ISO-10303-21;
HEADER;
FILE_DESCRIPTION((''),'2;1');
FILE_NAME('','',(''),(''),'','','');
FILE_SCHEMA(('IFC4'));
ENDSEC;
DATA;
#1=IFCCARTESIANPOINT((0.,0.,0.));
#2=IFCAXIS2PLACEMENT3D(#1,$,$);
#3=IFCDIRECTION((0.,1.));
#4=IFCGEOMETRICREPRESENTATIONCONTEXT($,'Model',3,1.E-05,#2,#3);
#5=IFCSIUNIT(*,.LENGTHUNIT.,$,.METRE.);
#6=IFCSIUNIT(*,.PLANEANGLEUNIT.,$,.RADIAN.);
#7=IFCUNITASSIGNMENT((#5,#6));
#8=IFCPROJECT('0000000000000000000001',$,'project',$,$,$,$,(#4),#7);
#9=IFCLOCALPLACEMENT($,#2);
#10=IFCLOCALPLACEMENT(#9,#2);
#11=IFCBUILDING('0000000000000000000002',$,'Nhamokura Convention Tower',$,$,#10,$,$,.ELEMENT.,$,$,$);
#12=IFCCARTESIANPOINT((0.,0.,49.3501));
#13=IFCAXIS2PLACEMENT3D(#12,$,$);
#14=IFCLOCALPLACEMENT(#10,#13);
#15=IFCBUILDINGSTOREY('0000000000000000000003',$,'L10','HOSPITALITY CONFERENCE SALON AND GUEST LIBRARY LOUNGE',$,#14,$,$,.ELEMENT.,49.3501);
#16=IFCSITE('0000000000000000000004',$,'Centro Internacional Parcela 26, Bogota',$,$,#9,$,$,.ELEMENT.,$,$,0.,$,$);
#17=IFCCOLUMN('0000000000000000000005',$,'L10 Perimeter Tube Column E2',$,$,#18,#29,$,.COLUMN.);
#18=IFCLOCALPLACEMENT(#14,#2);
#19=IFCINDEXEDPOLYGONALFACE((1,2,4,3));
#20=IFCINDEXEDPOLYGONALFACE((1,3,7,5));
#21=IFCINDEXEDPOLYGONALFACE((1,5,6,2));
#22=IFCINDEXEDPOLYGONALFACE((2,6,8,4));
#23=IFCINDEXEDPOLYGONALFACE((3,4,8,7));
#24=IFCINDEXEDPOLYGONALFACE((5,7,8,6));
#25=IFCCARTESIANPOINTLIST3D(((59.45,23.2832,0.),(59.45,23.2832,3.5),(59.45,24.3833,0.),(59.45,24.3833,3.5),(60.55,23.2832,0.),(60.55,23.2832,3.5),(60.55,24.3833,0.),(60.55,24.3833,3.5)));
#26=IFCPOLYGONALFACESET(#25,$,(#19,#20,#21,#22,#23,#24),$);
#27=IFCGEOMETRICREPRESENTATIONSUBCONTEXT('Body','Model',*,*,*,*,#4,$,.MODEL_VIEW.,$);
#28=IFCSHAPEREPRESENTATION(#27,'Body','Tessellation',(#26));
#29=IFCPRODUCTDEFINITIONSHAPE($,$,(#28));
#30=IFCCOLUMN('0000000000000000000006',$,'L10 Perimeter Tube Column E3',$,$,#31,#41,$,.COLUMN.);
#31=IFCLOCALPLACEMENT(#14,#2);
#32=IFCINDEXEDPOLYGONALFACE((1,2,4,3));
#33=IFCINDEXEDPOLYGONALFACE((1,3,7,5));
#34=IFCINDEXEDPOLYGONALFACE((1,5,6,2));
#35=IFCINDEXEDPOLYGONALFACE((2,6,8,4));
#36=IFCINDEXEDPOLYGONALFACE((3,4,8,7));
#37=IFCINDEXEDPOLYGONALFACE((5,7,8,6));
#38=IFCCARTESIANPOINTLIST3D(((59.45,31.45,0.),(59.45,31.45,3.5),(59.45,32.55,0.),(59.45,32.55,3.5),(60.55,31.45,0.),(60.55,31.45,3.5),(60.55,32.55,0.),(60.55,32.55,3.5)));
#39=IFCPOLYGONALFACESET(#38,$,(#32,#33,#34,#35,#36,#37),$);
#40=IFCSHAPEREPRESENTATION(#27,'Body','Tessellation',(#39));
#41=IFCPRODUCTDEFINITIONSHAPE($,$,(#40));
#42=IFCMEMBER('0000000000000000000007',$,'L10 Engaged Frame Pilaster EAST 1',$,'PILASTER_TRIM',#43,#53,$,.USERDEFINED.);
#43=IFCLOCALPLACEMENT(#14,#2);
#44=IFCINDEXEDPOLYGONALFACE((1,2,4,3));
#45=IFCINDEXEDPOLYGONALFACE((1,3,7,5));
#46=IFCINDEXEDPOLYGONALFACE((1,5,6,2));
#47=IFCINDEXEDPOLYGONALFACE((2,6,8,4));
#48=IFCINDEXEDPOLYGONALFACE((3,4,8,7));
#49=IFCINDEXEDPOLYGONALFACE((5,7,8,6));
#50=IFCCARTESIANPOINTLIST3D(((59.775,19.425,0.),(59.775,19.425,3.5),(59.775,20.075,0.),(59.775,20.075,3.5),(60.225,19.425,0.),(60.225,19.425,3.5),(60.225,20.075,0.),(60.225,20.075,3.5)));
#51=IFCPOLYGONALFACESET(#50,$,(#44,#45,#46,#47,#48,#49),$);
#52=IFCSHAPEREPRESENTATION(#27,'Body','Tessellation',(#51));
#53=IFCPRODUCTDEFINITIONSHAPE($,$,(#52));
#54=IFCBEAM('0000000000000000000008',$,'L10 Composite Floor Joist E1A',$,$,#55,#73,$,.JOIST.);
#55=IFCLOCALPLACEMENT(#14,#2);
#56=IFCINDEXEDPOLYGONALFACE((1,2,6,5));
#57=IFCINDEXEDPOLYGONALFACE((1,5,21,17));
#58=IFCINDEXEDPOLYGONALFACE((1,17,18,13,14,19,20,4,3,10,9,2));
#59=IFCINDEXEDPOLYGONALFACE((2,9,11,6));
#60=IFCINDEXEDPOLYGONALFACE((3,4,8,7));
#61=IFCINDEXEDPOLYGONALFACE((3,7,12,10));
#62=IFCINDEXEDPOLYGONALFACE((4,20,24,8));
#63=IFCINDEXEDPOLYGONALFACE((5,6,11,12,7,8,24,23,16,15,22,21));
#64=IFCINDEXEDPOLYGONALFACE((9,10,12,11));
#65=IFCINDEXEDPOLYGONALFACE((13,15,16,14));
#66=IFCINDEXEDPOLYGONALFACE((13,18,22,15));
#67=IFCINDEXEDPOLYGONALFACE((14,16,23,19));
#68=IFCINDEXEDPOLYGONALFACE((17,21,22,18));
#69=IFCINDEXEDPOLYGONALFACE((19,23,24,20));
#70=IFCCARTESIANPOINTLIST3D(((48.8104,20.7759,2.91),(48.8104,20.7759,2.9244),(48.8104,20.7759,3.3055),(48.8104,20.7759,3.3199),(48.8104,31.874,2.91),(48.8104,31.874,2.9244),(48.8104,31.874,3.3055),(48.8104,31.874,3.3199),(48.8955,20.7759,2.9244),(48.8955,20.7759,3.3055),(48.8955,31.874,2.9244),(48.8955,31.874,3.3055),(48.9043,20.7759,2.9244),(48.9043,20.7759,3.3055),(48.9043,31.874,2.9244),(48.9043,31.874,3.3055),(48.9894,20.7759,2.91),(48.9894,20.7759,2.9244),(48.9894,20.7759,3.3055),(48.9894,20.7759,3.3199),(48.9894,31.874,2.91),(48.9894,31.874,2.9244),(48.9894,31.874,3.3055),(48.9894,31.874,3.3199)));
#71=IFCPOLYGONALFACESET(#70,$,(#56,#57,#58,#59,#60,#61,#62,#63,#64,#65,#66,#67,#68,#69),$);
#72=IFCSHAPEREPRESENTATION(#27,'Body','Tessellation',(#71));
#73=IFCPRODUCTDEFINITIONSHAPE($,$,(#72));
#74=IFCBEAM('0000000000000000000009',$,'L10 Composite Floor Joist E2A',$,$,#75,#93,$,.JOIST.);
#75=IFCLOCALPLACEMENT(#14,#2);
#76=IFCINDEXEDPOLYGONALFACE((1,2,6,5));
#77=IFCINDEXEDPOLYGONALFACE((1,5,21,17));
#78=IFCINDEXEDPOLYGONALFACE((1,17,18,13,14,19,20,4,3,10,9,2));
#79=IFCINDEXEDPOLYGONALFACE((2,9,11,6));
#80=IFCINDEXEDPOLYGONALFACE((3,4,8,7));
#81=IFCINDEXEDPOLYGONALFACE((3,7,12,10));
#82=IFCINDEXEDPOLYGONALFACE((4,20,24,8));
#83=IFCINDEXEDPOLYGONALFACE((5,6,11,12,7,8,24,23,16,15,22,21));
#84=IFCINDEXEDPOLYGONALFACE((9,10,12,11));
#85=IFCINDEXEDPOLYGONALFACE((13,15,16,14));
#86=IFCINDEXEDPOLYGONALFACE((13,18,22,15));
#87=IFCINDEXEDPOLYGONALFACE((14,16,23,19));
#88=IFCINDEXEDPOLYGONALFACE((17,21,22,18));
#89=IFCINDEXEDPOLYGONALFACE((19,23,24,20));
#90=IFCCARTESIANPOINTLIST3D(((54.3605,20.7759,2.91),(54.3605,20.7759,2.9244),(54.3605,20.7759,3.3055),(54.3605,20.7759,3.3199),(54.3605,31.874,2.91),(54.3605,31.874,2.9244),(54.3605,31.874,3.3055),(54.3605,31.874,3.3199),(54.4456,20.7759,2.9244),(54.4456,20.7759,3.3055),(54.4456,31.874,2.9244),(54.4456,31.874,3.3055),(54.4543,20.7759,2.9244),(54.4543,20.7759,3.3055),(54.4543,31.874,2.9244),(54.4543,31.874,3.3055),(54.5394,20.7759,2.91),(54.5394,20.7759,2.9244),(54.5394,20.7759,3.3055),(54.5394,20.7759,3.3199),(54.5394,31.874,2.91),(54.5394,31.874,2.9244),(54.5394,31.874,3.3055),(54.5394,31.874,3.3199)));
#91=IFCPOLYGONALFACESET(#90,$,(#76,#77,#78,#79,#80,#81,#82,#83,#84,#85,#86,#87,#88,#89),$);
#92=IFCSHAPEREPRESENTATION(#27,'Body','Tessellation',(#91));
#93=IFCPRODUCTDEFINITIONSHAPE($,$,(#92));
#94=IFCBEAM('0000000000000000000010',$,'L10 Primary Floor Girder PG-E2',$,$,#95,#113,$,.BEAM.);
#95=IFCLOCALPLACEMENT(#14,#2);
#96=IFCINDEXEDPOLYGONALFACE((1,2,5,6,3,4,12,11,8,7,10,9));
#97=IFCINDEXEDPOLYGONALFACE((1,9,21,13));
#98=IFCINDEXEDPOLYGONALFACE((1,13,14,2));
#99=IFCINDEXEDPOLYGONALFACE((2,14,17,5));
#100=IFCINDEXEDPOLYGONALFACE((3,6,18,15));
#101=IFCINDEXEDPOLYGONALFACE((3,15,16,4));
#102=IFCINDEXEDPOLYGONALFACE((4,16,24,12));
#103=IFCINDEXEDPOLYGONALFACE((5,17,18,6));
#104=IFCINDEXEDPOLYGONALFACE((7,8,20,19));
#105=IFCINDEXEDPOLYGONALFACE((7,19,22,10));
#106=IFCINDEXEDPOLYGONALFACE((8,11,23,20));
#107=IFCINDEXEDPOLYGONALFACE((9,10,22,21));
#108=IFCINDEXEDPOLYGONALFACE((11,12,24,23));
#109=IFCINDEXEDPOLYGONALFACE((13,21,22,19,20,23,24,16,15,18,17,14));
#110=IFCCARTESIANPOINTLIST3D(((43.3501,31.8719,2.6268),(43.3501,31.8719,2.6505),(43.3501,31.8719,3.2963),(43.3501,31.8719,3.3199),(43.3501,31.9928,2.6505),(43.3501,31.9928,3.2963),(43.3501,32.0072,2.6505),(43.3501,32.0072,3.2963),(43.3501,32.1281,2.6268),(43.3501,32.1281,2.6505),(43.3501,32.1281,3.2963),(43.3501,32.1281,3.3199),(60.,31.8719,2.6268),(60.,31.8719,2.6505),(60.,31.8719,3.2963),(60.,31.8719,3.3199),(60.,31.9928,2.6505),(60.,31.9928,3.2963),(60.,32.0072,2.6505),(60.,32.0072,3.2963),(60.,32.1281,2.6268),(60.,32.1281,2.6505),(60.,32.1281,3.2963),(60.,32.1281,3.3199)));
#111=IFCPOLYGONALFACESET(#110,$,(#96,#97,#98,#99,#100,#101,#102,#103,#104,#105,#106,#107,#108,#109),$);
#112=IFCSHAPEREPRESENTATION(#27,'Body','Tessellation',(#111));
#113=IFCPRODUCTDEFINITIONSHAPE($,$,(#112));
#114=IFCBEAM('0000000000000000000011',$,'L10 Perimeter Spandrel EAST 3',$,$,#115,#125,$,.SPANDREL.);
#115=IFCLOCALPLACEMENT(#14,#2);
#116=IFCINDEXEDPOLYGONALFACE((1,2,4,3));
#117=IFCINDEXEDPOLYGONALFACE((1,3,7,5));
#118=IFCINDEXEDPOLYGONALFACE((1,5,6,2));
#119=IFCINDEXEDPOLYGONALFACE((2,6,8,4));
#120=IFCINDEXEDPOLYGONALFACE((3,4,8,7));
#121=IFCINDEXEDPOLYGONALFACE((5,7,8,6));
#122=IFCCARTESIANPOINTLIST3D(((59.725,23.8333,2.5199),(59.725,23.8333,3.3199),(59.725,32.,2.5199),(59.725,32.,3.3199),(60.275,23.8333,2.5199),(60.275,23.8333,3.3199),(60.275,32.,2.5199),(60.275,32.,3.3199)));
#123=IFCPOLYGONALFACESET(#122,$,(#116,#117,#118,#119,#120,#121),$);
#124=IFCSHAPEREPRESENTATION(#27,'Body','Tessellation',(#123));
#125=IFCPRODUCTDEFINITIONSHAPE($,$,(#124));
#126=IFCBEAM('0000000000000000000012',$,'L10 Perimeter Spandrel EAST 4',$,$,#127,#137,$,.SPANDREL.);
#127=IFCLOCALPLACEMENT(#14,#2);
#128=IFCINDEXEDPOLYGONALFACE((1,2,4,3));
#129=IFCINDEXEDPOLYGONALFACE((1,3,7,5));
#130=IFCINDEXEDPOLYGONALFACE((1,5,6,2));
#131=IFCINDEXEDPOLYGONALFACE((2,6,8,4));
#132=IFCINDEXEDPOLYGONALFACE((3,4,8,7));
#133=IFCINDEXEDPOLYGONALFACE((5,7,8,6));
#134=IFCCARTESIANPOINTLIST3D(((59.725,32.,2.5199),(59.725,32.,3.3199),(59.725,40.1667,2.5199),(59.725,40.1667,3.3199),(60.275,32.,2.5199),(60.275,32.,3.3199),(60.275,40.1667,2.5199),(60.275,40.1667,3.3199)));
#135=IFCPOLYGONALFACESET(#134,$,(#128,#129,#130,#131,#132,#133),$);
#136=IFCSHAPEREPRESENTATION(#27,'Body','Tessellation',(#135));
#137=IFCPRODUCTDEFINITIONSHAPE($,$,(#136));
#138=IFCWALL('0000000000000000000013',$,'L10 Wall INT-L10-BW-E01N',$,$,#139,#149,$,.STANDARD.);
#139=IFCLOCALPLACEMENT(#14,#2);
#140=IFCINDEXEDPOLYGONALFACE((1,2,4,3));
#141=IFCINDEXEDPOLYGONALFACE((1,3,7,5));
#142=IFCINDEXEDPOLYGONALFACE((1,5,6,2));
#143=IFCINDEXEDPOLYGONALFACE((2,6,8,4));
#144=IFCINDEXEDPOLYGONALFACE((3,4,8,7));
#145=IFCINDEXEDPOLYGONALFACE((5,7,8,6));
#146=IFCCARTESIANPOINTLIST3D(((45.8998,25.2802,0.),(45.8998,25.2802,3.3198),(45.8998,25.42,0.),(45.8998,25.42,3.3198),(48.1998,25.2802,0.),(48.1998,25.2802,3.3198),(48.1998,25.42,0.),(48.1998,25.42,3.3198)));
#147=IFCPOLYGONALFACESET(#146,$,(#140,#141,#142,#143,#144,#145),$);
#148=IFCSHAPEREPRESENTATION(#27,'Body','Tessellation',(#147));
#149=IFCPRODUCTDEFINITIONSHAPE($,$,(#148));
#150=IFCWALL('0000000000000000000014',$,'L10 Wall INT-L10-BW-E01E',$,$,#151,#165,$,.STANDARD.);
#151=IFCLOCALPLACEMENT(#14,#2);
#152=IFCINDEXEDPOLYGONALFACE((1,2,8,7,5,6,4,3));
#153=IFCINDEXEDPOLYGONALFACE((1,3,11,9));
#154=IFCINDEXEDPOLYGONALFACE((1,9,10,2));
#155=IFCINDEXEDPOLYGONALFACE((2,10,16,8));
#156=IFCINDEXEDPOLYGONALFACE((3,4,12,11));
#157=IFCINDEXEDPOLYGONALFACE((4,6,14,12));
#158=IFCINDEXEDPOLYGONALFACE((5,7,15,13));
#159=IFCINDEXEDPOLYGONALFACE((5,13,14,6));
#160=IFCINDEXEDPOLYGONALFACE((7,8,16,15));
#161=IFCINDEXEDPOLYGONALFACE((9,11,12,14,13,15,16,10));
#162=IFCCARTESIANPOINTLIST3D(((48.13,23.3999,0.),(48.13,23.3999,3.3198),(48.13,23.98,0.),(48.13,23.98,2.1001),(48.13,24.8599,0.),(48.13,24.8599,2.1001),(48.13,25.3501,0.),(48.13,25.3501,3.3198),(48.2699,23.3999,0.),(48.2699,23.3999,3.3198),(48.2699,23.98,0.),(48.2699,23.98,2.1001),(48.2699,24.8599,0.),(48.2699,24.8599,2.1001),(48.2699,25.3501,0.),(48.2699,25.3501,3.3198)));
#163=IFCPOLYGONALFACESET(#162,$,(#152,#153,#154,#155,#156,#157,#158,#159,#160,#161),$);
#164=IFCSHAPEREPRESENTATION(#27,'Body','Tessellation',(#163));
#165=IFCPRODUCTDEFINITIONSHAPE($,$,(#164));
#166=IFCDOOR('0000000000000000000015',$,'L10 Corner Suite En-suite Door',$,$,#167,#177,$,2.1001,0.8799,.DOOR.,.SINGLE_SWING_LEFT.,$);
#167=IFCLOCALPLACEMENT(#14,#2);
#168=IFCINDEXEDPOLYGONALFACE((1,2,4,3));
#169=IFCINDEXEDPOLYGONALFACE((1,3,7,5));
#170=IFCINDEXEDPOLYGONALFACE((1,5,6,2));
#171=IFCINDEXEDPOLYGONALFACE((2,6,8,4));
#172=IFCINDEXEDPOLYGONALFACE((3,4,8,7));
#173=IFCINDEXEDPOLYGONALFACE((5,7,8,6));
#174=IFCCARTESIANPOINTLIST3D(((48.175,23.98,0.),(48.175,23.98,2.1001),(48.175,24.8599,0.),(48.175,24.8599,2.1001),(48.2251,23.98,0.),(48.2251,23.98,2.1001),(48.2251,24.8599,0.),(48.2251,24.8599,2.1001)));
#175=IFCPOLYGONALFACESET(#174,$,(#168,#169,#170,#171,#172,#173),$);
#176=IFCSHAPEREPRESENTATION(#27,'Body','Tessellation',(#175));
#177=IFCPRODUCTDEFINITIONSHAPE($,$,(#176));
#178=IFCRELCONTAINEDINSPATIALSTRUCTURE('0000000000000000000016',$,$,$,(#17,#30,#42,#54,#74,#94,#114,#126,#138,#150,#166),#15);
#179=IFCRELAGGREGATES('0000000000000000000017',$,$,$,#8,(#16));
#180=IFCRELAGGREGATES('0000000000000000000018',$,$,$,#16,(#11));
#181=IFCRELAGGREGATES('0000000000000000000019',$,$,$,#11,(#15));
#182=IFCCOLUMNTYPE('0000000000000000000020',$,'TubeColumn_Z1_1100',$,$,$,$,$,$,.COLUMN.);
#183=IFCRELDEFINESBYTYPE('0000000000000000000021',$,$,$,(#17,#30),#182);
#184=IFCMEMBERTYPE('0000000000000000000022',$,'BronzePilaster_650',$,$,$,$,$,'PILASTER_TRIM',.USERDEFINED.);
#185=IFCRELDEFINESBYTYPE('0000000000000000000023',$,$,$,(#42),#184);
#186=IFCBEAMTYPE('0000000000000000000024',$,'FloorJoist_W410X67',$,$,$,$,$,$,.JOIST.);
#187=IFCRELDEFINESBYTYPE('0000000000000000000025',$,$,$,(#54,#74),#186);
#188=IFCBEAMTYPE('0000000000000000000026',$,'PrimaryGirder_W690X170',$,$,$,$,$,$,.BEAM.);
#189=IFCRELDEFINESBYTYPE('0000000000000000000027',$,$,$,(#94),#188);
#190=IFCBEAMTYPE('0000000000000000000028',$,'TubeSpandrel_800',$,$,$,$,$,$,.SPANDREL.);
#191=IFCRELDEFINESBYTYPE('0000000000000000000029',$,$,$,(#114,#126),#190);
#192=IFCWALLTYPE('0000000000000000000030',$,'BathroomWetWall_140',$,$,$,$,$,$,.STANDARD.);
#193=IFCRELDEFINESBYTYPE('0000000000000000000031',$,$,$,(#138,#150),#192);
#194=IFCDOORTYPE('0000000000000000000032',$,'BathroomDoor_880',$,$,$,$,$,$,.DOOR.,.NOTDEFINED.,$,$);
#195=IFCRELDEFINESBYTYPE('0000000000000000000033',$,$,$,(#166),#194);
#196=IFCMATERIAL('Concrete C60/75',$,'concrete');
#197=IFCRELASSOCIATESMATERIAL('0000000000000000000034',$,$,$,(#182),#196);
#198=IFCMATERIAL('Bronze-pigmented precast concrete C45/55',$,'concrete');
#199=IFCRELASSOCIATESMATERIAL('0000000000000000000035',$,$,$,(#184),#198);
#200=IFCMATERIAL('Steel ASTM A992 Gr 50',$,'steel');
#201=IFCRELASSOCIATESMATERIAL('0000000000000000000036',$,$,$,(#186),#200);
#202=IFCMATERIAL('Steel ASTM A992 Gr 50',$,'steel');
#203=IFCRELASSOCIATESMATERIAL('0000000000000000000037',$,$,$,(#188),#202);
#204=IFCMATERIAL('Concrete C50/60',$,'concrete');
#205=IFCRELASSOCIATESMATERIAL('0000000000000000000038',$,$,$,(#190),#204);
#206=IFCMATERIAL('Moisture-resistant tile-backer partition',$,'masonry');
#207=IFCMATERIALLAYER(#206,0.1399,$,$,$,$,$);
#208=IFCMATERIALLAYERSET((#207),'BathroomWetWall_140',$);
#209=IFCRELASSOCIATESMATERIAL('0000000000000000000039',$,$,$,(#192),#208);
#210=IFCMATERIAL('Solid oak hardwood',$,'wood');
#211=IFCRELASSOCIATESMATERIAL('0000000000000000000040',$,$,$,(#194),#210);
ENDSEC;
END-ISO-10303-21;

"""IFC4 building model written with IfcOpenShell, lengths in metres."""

from ifc_helpers import new_model, si_unit, direction, frame, frame_2d, origin, origin_2d, place, context, subcontext, project, spatial, rectangle, i_section, extrude, material, layer, layer_set, material_profile, profile_set, type_object, element, fill, save


model = new_model("IFC4")

# Units and contexts
model_context = context("Model", 3, precision=1e-05, world=origin(), true_north=direction((0.0, 1.0)))
body_context = subcontext(model_context, "Body", "Model", "MODEL_VIEW")
ifc_project = project(units=[si_unit("LENGTHUNIT", "METRE"), si_unit("PLANEANGLEUNIT", "RADIAN")], contexts=[model_context])

# Site, building, storey
site_placement = place(None, origin())
site = spatial("IfcSite", under=ifc_project, at=site_placement, Name="Centro Internacional Parcela 26, Bogota", CompositionType="ELEMENT", RefElevation=0.0)
building_placement = place(site_placement, origin())
building = spatial("IfcBuilding", under=site, at=building_placement, Name="Nhamokura Convention Tower", CompositionType="ELEMENT")
storey_placement = place(building_placement, frame((0.0, 0.0, 49.3501)))
storey = spatial("IfcBuildingStorey", under=building, at=storey_placement, Name="L10", Description="HOSPITALITY CONFERENCE SALON AND GUEST LIBRARY LOUNGE", CompositionType="ELEMENT", Elevation=49.3501)

# Columns
ifc_material_1 = material(Name="Concrete C60/75", Category="concrete")
ifc_material_profile_1 = material_profile(ifc_material_1, rectangle(XDim=1.1001, YDim=1.1001, at=origin_2d()))
ifc_profile_set_1 = profile_set([ifc_material_profile_1], Name="Concrete C60/75")
column_type = type_object("IfcColumnType", Name="TubeColumn_Z1_1100", PredefinedType="COLUMN", material=ifc_profile_set_1)
for number, where, z_axis, x_axis, name in (
    (1, (60.0, 23.8333, 0.0), (0.0, 0.0, 1.0), (1.0, 0.0, 0.0), "L10 Perimeter Tube Column E2"),
    (2, (60.0, 32.0, 0.0), (0.0, 0.0, 1.0), (1.0, 0.0, 0.0), "L10 Perimeter Tube Column E3"),
):
    element("IfcColumn", number, at=place(storey_placement, frame(where, z_axis=z_axis, x_axis=x_axis)), inside=storey, type_object=column_type, Name=name, PredefinedType="COLUMN", context=body_context, shape_type="SweptSolid", body=[
        extrude(rectangle(XDim=1.1001, YDim=1.1001, at=origin_2d()), origin(), (0.0, 0.0, 1.0), 3.5),
    ])

# Member
ifc_material_2 = material(Name="Bronze-pigmented precast concrete C45/55", Category="concrete")
ifc_material_profile_2 = material_profile(ifc_material_2, rectangle(XDim=0.45, YDim=0.6499, at=origin_2d()))
ifc_profile_set_2 = profile_set([ifc_material_profile_2], Name="Bronze-pigmented precast concrete C45/55")
member_type = type_object("IfcMemberType", Name="BronzePilaster_650", ElementType="PILASTER_TRIM", PredefinedType="USERDEFINED", material=ifc_profile_set_2)
member_placement = place(storey_placement, frame((60.0, 19.75, 0.0), z_axis=(0.0, 0.0, 1.0), x_axis=(1.0, 0.0, 0.0)))
element("IfcMember", 3, at=member_placement, inside=storey, type_object=member_type, Name="L10 Engaged Frame Pilaster EAST 1", ObjectType="PILASTER_TRIM", PredefinedType="USERDEFINED", context=body_context, shape_type="SweptSolid", body=[
    extrude(rectangle(XDim=0.45, YDim=0.6499, at=origin_2d()), origin(), (0.0, 0.0, 1.0), 3.5),
])

# Beams
ifc_material_3 = material(Name="Steel ASTM A992 Gr 50", Category="steel")
ifc_material_profile_3 = material_profile(ifc_material_3, i_section(OverallWidth=0.179, OverallDepth=0.4099, WebThickness=0.0088, FlangeThickness=0.0144, at=origin_2d()))
ifc_profile_set_3 = profile_set([ifc_material_profile_3], Name="Steel ASTM A992 Gr 50")
beam_type_1 = type_object("IfcBeamType", Name="FloorJoist_W410X67", PredefinedType="JOIST", material=ifc_profile_set_3)
for number, where, z_axis, x_axis, name in (
    (4, (48.8999, 20.7759, 3.115), (0.0, 1.0, 0.0), (-1.0, 0.0, 0.0), "L10 Composite Floor Joist E1A"),
    (5, (54.45, 20.7759, 3.115), (0.0, 1.0, 0.0), (-1.0, 0.0, 0.0), "L10 Composite Floor Joist E2A"),
):
    element("IfcBeam", number, at=place(storey_placement, frame(where, z_axis=z_axis, x_axis=x_axis)), inside=storey, type_object=beam_type_1, Name=name, PredefinedType="JOIST", context=body_context, shape_type="SweptSolid", body=[
        extrude(i_section(OverallWidth=0.179, OverallDepth=0.4099, WebThickness=0.0088, FlangeThickness=0.0144, at=origin_2d()), origin(), (0.0, 0.0, 1.0), 11.0981),
    ])
ifc_material_4 = material(Name="Steel ASTM A992 Gr 50", Category="steel")
ifc_material_profile_4 = material_profile(ifc_material_4, i_section(OverallWidth=0.2561, OverallDepth=0.6931, WebThickness=0.0144, FlangeThickness=0.0237, at=origin_2d()))
ifc_profile_set_4 = profile_set([ifc_material_profile_4], Name="Steel ASTM A992 Gr 50")
beam_type_2 = type_object("IfcBeamType", Name="PrimaryGirder_W690X170", PredefinedType="BEAM", material=ifc_profile_set_4)
beam_placement = place(storey_placement, frame((43.3501, 32.0, 2.9734), z_axis=(1.0, 0.0, 0.0), x_axis=(0.0, 1.0, 0.0)))
element("IfcBeam", 6, at=beam_placement, inside=storey, type_object=beam_type_2, Name="L10 Primary Floor Girder PG-E2", PredefinedType="BEAM", context=body_context, shape_type="SweptSolid", body=[
    extrude(i_section(OverallWidth=0.2561, OverallDepth=0.6931, WebThickness=0.0144, FlangeThickness=0.0237, at=origin_2d()), origin(), (0.0, 0.0, 1.0), 16.6499),
])
ifc_material_5 = material(Name="Concrete C50/60", Category="concrete")
ifc_material_profile_5 = material_profile(ifc_material_5, rectangle(XDim=0.55, YDim=0.8, at=origin_2d()))
ifc_profile_set_5 = profile_set([ifc_material_profile_5], Name="Concrete C50/60")
beam_type_3 = type_object("IfcBeamType", Name="TubeSpandrel_800", PredefinedType="SPANDREL", material=ifc_profile_set_5)
for number, where, z_axis, x_axis, name in (
    (7, (60.0, 23.8333, 2.9199), (0.0, 1.0, 0.0), (-1.0, 0.0, 0.0), "L10 Perimeter Spandrel EAST 3"),
    (8, (60.0, 32.0, 2.9199), (0.0, 1.0, 0.0), (-1.0, 0.0, 0.0), "L10 Perimeter Spandrel EAST 4"),
):
    element("IfcBeam", number, at=place(storey_placement, frame(where, z_axis=z_axis, x_axis=x_axis)), inside=storey, type_object=beam_type_3, Name=name, PredefinedType="SPANDREL", context=body_context, shape_type="SweptSolid", body=[
        extrude(rectangle(XDim=0.55, YDim=0.8, at=origin_2d()), origin(), (0.0, 0.0, 1.0), 8.1667),
    ])

# Wall
ifc_material_6 = material(Name="Moisture-resistant tile-backer partition", Category="masonry")
ifc_layer_1 = layer(ifc_material_6, 0.1399)
ifc_layer_set_1 = layer_set([ifc_layer_1], Name="BathroomWetWall_140")
wall_type_1 = type_object("IfcWallType", Name="BathroomWetWall_140", PredefinedType="STANDARD", material=ifc_layer_set_1)
wall_1_placement = place(storey_placement, frame((45.8999, 25.3501, 0.0), z_axis=(0.0, 0.0, 1.0), x_axis=(1.0, 0.0, 0.0)))
element("IfcWall", 9, at=wall_1_placement, inside=storey, type_object=wall_type_1, Name="L10 Wall INT-L10-BW-E01N", PredefinedType="STANDARD", context=body_context, shape_type="SweptSolid", body=[
    extrude(rectangle(XDim=2.3, YDim=0.1399, at=frame_2d((1.1499, 0.0))), origin(), (0.0, 0.0, 1.0), 3.3198),
])

# Wall, opening, door
wall_2_placement = place(storey_placement, frame((48.2, 23.3999, 0.0), z_axis=(0.0, 0.0, 1.0), x_axis=(0.0, 1.0, 0.0)))
wall_2 = element("IfcWall", 10, at=wall_2_placement, inside=storey, type_object=wall_type_1, Name="L10 Wall INT-L10-BW-E01E", PredefinedType="STANDARD", context=body_context, shape_type="SweptSolid", body=[
    extrude(rectangle(XDim=1.9502, YDim=0.1399, at=frame_2d((0.9751, 0.0))), origin(), (0.0, 0.0, 1.0), 3.3198),
])
opening_1_placement = place(wall_2_placement, frame((0.5801, 0.0, 0.0)))
opening_1 = element("IfcOpeningElement", 11, at=opening_1_placement, cuts=wall_2, PredefinedType="OPENING", context=body_context, shape_type="SweptSolid", body=[
    extrude(rectangle(XDim=0.8799, YDim=2.1001, at=frame_2d((0.4399, 1.05))), frame((0.0, 0.0798, 0.0), z_axis=(0.0, -1.0, 0.0), x_axis=(1.0, 0.0, 0.0)), (0.0, 0.0, 1.0), 0.1599),
])
ifc_material_7 = material(Name="Solid oak hardwood", Category="wood")
door_type_1 = type_object("IfcDoorType", Name="BathroomDoor_880", OperationType="NOTDEFINED", PredefinedType="DOOR", material=ifc_material_7)
door_1_placement = place(opening_1_placement, origin())
door_1 = element("IfcDoor", 12, at=door_1_placement, inside=storey, type_object=door_type_1, Name="L10 Corner Suite En-suite Door", OperationType="SINGLE_SWING_LEFT", OverallHeight=2.1001, OverallWidth=0.8799, PredefinedType="DOOR", context=body_context, shape_type="SweptSolid", body=[
    extrude(rectangle(XDim=0.8799, YDim=2.1001, at=frame_2d((0.4399, 1.05))), frame((0.0, 0.0249, 0.0), z_axis=(0.0, -1.0, 0.0), x_axis=(1.0, 0.0, 0.0)), (0.0, 0.0, 1.0), 0.05),
])
fill(opening_1, door_1)

save(model, "model.ifc")
